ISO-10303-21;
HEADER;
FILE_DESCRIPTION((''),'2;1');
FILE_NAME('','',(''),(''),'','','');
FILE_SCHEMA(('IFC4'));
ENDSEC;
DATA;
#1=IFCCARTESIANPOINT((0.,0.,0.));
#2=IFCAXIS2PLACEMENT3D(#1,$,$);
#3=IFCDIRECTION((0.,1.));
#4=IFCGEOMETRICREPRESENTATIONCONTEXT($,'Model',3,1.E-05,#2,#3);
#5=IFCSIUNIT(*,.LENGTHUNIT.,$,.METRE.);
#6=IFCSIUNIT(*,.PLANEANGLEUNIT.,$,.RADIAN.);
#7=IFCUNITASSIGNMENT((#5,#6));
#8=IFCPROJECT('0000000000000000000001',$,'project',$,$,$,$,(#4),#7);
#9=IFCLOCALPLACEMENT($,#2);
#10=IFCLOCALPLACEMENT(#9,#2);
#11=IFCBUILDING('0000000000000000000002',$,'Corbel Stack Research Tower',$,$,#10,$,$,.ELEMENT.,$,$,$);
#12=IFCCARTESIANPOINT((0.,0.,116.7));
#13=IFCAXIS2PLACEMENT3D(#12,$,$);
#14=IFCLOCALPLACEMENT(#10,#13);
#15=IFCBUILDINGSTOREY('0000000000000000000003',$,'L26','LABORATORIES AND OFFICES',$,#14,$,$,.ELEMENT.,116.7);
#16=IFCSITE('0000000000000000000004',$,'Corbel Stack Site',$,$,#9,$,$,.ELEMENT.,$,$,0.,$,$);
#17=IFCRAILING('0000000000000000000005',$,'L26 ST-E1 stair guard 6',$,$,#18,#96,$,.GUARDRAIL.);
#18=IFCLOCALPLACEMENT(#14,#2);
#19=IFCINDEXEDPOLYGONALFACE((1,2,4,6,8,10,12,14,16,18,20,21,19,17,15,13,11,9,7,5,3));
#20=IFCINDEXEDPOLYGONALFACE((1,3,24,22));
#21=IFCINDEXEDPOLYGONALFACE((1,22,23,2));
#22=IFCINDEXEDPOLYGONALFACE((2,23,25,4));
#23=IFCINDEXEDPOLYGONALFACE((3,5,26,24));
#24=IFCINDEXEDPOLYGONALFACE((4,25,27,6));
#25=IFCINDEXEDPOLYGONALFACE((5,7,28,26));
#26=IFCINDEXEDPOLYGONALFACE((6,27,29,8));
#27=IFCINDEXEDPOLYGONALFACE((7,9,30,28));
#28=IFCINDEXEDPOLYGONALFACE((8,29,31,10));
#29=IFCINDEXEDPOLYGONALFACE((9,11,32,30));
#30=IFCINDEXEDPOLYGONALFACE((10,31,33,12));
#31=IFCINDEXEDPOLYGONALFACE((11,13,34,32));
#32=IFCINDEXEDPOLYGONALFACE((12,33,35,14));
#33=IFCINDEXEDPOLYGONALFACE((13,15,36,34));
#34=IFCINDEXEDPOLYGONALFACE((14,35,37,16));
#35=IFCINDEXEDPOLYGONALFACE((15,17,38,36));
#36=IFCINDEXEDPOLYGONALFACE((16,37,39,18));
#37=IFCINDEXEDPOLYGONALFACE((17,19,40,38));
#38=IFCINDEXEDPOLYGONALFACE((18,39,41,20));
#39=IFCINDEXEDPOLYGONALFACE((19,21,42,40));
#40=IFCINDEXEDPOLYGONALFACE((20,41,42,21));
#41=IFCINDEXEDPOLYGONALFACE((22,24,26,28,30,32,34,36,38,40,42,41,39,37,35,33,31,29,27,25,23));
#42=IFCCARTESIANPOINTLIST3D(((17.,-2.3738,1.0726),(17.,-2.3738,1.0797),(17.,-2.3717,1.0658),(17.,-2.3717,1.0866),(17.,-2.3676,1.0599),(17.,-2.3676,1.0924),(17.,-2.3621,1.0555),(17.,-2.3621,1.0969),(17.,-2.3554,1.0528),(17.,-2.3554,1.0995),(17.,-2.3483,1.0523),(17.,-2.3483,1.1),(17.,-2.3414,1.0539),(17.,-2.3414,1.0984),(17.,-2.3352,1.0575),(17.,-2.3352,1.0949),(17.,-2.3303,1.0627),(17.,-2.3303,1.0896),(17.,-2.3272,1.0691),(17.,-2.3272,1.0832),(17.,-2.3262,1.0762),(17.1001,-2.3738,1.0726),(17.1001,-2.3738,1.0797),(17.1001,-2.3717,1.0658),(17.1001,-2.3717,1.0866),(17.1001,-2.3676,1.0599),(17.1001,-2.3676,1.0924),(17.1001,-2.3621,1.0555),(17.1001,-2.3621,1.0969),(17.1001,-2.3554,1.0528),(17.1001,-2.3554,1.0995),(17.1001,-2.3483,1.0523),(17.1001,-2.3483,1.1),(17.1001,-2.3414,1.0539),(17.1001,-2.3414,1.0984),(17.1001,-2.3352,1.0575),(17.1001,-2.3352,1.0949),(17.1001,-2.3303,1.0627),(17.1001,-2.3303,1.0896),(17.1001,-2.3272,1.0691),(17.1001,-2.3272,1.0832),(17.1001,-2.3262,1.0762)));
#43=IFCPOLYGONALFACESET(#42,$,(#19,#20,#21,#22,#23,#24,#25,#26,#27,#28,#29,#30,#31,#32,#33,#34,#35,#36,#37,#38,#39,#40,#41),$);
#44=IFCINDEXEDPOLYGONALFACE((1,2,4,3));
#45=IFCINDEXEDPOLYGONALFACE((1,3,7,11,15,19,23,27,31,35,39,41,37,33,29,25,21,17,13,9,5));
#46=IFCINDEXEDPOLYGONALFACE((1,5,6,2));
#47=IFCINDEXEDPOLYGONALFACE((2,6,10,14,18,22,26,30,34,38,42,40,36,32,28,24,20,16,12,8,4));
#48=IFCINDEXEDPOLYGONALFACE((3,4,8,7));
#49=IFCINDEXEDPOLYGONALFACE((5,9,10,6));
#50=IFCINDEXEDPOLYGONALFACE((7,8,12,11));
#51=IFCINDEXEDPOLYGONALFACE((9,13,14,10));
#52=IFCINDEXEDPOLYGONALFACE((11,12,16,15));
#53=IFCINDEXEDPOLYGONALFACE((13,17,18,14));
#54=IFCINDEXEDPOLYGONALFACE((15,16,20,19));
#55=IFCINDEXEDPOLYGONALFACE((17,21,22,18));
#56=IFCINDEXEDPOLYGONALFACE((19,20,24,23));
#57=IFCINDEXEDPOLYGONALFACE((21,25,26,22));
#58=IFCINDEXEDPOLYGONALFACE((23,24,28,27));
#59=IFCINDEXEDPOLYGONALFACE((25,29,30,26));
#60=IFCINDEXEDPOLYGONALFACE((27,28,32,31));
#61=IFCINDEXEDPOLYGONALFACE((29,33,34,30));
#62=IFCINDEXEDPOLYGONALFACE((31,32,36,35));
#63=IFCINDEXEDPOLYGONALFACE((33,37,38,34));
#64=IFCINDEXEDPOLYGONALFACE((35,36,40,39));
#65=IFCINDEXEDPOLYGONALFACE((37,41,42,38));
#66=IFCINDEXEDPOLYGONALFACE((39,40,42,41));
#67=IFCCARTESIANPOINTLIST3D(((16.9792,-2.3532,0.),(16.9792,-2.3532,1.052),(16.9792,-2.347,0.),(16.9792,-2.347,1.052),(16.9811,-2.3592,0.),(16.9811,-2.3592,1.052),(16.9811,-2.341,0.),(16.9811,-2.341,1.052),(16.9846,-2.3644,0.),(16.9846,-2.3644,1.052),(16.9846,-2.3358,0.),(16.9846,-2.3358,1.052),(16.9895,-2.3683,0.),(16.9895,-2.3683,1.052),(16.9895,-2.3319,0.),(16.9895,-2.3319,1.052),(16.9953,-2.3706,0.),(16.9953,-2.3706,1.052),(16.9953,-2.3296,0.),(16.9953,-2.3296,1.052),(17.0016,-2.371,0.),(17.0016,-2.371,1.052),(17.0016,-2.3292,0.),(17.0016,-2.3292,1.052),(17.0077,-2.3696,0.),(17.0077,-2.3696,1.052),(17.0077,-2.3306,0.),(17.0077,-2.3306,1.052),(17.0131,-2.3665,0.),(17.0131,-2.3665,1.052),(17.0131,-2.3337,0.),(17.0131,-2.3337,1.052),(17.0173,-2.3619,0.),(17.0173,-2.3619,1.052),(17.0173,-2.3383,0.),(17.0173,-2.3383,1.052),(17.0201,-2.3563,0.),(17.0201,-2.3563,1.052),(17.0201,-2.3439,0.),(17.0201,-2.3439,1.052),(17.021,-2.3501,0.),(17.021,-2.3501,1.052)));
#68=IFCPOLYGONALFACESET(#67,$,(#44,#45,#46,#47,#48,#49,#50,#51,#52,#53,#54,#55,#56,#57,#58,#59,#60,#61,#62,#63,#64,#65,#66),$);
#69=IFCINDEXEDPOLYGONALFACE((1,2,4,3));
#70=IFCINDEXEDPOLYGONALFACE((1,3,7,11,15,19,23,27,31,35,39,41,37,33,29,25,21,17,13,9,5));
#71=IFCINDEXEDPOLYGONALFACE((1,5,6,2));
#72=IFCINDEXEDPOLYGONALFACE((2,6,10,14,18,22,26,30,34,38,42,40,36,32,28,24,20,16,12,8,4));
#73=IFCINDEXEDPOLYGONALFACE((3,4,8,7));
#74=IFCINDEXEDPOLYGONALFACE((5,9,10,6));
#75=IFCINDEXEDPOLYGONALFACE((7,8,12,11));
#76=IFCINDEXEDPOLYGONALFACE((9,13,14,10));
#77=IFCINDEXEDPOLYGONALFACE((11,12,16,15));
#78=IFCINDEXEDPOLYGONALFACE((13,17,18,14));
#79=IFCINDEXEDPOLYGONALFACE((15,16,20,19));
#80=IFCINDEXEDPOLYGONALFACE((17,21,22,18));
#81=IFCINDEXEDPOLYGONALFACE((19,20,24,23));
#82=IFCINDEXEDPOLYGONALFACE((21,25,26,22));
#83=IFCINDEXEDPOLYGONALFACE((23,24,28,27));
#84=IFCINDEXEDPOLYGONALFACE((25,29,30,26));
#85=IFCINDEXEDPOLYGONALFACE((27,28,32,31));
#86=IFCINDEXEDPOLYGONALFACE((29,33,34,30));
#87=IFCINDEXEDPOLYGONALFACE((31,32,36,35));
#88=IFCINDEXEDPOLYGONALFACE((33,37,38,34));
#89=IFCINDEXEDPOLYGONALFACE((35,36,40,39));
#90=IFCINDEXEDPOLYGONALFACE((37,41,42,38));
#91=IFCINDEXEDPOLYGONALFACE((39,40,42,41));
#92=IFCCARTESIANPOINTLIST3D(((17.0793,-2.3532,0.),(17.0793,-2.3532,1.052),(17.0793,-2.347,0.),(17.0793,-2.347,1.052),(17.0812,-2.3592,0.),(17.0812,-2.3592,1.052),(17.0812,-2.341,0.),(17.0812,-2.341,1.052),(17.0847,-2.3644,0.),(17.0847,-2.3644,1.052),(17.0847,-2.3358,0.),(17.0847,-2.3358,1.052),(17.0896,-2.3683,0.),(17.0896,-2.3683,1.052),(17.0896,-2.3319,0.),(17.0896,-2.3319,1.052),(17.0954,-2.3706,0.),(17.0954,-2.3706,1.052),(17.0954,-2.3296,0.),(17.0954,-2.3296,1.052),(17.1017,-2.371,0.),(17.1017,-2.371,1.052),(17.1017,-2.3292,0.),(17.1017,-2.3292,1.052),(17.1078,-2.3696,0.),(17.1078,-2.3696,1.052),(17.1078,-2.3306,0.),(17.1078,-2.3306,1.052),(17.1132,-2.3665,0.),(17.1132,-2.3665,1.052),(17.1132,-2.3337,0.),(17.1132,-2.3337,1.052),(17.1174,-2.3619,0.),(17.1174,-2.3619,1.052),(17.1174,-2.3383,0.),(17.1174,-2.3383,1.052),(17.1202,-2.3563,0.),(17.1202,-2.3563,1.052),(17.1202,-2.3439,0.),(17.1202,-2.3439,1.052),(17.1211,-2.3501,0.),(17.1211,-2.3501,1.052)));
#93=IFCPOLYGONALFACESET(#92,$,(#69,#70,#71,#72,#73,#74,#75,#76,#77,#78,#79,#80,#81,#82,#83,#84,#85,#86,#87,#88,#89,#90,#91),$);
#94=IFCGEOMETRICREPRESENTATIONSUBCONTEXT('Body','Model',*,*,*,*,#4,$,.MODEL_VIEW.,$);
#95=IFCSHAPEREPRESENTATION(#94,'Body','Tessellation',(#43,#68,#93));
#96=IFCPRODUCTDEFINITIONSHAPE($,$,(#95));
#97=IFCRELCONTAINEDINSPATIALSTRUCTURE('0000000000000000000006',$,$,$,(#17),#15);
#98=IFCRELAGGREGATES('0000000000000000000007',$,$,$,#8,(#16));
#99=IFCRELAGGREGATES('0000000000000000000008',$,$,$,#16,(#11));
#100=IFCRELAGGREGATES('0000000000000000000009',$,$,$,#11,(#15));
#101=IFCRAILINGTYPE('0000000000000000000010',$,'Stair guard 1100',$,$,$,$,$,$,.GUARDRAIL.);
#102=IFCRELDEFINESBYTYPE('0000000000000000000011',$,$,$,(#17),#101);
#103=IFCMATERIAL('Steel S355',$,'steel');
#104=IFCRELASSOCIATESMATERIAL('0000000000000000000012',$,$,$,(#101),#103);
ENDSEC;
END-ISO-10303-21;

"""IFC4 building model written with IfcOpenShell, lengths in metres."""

from ifc_helpers import new_model, si_unit, direction, frame, origin, origin_2d, place, context, subcontext, project, spatial, circle, extrude, material, type_object, element, save


model = new_model("IFC4")

# Units and contexts
model_context = context("Model", 3, precision=1e-05, world=origin(), true_north=direction((0.0, 1.0)))
body_context = subcontext(model_context, "Body", "Model", "MODEL_VIEW")
ifc_project = project(units=[si_unit("LENGTHUNIT", "METRE"), si_unit("PLANEANGLEUNIT", "RADIAN")], contexts=[model_context])

# Site, building, storey
site_placement = place(None, origin())
site = spatial("IfcSite", under=ifc_project, at=site_placement, Name="Corbel Stack Site", CompositionType="ELEMENT", RefElevation=0.0)
building_placement = place(site_placement, origin())
building = spatial("IfcBuilding", under=site, at=building_placement, Name="Corbel Stack Research Tower", CompositionType="ELEMENT")
storey_placement = place(building_placement, frame((0.0, 0.0, 116.7)))
storey = spatial("IfcBuildingStorey", under=building, at=storey_placement, Name="L26", Description="LABORATORIES AND OFFICES", CompositionType="ELEMENT", Elevation=116.7)

# Railing
ifc_material_1 = material(Name="Steel S355", Category="steel")
railing_type_1 = type_object("IfcRailingType", Name="Stair guard 1100", PredefinedType="GUARDRAIL", material=ifc_material_1)
railing_1_placement = place(storey_placement, frame((17.0, -2.3501, 0.0)))
element("IfcRailing", 1, at=railing_1_placement, inside=storey, type_object=railing_type_1, Name="L26 ST-E1 stair guard 6", PredefinedType="GUARDRAIL", context=body_context, shape_type="SweptSolid", body=[
    extrude(circle(Radius=0.0239, at=origin_2d()), frame((0.0, 0.0, 1.0762), z_axis=(1.0, 0.0, 0.0), x_axis=(0.0, 1.0, 0.0)), (0.0, 0.0, 1.0), 0.1001),
    extrude(circle(Radius=0.021, at=origin_2d()), origin(), (0.0, 0.0, 1.0), 1.052),
    extrude(circle(Radius=0.021, at=origin_2d()), frame((0.1001, 0.0, 0.0)), (0.0, 0.0, 1.0), 1.052),
])

save(model, "model.ifc")
